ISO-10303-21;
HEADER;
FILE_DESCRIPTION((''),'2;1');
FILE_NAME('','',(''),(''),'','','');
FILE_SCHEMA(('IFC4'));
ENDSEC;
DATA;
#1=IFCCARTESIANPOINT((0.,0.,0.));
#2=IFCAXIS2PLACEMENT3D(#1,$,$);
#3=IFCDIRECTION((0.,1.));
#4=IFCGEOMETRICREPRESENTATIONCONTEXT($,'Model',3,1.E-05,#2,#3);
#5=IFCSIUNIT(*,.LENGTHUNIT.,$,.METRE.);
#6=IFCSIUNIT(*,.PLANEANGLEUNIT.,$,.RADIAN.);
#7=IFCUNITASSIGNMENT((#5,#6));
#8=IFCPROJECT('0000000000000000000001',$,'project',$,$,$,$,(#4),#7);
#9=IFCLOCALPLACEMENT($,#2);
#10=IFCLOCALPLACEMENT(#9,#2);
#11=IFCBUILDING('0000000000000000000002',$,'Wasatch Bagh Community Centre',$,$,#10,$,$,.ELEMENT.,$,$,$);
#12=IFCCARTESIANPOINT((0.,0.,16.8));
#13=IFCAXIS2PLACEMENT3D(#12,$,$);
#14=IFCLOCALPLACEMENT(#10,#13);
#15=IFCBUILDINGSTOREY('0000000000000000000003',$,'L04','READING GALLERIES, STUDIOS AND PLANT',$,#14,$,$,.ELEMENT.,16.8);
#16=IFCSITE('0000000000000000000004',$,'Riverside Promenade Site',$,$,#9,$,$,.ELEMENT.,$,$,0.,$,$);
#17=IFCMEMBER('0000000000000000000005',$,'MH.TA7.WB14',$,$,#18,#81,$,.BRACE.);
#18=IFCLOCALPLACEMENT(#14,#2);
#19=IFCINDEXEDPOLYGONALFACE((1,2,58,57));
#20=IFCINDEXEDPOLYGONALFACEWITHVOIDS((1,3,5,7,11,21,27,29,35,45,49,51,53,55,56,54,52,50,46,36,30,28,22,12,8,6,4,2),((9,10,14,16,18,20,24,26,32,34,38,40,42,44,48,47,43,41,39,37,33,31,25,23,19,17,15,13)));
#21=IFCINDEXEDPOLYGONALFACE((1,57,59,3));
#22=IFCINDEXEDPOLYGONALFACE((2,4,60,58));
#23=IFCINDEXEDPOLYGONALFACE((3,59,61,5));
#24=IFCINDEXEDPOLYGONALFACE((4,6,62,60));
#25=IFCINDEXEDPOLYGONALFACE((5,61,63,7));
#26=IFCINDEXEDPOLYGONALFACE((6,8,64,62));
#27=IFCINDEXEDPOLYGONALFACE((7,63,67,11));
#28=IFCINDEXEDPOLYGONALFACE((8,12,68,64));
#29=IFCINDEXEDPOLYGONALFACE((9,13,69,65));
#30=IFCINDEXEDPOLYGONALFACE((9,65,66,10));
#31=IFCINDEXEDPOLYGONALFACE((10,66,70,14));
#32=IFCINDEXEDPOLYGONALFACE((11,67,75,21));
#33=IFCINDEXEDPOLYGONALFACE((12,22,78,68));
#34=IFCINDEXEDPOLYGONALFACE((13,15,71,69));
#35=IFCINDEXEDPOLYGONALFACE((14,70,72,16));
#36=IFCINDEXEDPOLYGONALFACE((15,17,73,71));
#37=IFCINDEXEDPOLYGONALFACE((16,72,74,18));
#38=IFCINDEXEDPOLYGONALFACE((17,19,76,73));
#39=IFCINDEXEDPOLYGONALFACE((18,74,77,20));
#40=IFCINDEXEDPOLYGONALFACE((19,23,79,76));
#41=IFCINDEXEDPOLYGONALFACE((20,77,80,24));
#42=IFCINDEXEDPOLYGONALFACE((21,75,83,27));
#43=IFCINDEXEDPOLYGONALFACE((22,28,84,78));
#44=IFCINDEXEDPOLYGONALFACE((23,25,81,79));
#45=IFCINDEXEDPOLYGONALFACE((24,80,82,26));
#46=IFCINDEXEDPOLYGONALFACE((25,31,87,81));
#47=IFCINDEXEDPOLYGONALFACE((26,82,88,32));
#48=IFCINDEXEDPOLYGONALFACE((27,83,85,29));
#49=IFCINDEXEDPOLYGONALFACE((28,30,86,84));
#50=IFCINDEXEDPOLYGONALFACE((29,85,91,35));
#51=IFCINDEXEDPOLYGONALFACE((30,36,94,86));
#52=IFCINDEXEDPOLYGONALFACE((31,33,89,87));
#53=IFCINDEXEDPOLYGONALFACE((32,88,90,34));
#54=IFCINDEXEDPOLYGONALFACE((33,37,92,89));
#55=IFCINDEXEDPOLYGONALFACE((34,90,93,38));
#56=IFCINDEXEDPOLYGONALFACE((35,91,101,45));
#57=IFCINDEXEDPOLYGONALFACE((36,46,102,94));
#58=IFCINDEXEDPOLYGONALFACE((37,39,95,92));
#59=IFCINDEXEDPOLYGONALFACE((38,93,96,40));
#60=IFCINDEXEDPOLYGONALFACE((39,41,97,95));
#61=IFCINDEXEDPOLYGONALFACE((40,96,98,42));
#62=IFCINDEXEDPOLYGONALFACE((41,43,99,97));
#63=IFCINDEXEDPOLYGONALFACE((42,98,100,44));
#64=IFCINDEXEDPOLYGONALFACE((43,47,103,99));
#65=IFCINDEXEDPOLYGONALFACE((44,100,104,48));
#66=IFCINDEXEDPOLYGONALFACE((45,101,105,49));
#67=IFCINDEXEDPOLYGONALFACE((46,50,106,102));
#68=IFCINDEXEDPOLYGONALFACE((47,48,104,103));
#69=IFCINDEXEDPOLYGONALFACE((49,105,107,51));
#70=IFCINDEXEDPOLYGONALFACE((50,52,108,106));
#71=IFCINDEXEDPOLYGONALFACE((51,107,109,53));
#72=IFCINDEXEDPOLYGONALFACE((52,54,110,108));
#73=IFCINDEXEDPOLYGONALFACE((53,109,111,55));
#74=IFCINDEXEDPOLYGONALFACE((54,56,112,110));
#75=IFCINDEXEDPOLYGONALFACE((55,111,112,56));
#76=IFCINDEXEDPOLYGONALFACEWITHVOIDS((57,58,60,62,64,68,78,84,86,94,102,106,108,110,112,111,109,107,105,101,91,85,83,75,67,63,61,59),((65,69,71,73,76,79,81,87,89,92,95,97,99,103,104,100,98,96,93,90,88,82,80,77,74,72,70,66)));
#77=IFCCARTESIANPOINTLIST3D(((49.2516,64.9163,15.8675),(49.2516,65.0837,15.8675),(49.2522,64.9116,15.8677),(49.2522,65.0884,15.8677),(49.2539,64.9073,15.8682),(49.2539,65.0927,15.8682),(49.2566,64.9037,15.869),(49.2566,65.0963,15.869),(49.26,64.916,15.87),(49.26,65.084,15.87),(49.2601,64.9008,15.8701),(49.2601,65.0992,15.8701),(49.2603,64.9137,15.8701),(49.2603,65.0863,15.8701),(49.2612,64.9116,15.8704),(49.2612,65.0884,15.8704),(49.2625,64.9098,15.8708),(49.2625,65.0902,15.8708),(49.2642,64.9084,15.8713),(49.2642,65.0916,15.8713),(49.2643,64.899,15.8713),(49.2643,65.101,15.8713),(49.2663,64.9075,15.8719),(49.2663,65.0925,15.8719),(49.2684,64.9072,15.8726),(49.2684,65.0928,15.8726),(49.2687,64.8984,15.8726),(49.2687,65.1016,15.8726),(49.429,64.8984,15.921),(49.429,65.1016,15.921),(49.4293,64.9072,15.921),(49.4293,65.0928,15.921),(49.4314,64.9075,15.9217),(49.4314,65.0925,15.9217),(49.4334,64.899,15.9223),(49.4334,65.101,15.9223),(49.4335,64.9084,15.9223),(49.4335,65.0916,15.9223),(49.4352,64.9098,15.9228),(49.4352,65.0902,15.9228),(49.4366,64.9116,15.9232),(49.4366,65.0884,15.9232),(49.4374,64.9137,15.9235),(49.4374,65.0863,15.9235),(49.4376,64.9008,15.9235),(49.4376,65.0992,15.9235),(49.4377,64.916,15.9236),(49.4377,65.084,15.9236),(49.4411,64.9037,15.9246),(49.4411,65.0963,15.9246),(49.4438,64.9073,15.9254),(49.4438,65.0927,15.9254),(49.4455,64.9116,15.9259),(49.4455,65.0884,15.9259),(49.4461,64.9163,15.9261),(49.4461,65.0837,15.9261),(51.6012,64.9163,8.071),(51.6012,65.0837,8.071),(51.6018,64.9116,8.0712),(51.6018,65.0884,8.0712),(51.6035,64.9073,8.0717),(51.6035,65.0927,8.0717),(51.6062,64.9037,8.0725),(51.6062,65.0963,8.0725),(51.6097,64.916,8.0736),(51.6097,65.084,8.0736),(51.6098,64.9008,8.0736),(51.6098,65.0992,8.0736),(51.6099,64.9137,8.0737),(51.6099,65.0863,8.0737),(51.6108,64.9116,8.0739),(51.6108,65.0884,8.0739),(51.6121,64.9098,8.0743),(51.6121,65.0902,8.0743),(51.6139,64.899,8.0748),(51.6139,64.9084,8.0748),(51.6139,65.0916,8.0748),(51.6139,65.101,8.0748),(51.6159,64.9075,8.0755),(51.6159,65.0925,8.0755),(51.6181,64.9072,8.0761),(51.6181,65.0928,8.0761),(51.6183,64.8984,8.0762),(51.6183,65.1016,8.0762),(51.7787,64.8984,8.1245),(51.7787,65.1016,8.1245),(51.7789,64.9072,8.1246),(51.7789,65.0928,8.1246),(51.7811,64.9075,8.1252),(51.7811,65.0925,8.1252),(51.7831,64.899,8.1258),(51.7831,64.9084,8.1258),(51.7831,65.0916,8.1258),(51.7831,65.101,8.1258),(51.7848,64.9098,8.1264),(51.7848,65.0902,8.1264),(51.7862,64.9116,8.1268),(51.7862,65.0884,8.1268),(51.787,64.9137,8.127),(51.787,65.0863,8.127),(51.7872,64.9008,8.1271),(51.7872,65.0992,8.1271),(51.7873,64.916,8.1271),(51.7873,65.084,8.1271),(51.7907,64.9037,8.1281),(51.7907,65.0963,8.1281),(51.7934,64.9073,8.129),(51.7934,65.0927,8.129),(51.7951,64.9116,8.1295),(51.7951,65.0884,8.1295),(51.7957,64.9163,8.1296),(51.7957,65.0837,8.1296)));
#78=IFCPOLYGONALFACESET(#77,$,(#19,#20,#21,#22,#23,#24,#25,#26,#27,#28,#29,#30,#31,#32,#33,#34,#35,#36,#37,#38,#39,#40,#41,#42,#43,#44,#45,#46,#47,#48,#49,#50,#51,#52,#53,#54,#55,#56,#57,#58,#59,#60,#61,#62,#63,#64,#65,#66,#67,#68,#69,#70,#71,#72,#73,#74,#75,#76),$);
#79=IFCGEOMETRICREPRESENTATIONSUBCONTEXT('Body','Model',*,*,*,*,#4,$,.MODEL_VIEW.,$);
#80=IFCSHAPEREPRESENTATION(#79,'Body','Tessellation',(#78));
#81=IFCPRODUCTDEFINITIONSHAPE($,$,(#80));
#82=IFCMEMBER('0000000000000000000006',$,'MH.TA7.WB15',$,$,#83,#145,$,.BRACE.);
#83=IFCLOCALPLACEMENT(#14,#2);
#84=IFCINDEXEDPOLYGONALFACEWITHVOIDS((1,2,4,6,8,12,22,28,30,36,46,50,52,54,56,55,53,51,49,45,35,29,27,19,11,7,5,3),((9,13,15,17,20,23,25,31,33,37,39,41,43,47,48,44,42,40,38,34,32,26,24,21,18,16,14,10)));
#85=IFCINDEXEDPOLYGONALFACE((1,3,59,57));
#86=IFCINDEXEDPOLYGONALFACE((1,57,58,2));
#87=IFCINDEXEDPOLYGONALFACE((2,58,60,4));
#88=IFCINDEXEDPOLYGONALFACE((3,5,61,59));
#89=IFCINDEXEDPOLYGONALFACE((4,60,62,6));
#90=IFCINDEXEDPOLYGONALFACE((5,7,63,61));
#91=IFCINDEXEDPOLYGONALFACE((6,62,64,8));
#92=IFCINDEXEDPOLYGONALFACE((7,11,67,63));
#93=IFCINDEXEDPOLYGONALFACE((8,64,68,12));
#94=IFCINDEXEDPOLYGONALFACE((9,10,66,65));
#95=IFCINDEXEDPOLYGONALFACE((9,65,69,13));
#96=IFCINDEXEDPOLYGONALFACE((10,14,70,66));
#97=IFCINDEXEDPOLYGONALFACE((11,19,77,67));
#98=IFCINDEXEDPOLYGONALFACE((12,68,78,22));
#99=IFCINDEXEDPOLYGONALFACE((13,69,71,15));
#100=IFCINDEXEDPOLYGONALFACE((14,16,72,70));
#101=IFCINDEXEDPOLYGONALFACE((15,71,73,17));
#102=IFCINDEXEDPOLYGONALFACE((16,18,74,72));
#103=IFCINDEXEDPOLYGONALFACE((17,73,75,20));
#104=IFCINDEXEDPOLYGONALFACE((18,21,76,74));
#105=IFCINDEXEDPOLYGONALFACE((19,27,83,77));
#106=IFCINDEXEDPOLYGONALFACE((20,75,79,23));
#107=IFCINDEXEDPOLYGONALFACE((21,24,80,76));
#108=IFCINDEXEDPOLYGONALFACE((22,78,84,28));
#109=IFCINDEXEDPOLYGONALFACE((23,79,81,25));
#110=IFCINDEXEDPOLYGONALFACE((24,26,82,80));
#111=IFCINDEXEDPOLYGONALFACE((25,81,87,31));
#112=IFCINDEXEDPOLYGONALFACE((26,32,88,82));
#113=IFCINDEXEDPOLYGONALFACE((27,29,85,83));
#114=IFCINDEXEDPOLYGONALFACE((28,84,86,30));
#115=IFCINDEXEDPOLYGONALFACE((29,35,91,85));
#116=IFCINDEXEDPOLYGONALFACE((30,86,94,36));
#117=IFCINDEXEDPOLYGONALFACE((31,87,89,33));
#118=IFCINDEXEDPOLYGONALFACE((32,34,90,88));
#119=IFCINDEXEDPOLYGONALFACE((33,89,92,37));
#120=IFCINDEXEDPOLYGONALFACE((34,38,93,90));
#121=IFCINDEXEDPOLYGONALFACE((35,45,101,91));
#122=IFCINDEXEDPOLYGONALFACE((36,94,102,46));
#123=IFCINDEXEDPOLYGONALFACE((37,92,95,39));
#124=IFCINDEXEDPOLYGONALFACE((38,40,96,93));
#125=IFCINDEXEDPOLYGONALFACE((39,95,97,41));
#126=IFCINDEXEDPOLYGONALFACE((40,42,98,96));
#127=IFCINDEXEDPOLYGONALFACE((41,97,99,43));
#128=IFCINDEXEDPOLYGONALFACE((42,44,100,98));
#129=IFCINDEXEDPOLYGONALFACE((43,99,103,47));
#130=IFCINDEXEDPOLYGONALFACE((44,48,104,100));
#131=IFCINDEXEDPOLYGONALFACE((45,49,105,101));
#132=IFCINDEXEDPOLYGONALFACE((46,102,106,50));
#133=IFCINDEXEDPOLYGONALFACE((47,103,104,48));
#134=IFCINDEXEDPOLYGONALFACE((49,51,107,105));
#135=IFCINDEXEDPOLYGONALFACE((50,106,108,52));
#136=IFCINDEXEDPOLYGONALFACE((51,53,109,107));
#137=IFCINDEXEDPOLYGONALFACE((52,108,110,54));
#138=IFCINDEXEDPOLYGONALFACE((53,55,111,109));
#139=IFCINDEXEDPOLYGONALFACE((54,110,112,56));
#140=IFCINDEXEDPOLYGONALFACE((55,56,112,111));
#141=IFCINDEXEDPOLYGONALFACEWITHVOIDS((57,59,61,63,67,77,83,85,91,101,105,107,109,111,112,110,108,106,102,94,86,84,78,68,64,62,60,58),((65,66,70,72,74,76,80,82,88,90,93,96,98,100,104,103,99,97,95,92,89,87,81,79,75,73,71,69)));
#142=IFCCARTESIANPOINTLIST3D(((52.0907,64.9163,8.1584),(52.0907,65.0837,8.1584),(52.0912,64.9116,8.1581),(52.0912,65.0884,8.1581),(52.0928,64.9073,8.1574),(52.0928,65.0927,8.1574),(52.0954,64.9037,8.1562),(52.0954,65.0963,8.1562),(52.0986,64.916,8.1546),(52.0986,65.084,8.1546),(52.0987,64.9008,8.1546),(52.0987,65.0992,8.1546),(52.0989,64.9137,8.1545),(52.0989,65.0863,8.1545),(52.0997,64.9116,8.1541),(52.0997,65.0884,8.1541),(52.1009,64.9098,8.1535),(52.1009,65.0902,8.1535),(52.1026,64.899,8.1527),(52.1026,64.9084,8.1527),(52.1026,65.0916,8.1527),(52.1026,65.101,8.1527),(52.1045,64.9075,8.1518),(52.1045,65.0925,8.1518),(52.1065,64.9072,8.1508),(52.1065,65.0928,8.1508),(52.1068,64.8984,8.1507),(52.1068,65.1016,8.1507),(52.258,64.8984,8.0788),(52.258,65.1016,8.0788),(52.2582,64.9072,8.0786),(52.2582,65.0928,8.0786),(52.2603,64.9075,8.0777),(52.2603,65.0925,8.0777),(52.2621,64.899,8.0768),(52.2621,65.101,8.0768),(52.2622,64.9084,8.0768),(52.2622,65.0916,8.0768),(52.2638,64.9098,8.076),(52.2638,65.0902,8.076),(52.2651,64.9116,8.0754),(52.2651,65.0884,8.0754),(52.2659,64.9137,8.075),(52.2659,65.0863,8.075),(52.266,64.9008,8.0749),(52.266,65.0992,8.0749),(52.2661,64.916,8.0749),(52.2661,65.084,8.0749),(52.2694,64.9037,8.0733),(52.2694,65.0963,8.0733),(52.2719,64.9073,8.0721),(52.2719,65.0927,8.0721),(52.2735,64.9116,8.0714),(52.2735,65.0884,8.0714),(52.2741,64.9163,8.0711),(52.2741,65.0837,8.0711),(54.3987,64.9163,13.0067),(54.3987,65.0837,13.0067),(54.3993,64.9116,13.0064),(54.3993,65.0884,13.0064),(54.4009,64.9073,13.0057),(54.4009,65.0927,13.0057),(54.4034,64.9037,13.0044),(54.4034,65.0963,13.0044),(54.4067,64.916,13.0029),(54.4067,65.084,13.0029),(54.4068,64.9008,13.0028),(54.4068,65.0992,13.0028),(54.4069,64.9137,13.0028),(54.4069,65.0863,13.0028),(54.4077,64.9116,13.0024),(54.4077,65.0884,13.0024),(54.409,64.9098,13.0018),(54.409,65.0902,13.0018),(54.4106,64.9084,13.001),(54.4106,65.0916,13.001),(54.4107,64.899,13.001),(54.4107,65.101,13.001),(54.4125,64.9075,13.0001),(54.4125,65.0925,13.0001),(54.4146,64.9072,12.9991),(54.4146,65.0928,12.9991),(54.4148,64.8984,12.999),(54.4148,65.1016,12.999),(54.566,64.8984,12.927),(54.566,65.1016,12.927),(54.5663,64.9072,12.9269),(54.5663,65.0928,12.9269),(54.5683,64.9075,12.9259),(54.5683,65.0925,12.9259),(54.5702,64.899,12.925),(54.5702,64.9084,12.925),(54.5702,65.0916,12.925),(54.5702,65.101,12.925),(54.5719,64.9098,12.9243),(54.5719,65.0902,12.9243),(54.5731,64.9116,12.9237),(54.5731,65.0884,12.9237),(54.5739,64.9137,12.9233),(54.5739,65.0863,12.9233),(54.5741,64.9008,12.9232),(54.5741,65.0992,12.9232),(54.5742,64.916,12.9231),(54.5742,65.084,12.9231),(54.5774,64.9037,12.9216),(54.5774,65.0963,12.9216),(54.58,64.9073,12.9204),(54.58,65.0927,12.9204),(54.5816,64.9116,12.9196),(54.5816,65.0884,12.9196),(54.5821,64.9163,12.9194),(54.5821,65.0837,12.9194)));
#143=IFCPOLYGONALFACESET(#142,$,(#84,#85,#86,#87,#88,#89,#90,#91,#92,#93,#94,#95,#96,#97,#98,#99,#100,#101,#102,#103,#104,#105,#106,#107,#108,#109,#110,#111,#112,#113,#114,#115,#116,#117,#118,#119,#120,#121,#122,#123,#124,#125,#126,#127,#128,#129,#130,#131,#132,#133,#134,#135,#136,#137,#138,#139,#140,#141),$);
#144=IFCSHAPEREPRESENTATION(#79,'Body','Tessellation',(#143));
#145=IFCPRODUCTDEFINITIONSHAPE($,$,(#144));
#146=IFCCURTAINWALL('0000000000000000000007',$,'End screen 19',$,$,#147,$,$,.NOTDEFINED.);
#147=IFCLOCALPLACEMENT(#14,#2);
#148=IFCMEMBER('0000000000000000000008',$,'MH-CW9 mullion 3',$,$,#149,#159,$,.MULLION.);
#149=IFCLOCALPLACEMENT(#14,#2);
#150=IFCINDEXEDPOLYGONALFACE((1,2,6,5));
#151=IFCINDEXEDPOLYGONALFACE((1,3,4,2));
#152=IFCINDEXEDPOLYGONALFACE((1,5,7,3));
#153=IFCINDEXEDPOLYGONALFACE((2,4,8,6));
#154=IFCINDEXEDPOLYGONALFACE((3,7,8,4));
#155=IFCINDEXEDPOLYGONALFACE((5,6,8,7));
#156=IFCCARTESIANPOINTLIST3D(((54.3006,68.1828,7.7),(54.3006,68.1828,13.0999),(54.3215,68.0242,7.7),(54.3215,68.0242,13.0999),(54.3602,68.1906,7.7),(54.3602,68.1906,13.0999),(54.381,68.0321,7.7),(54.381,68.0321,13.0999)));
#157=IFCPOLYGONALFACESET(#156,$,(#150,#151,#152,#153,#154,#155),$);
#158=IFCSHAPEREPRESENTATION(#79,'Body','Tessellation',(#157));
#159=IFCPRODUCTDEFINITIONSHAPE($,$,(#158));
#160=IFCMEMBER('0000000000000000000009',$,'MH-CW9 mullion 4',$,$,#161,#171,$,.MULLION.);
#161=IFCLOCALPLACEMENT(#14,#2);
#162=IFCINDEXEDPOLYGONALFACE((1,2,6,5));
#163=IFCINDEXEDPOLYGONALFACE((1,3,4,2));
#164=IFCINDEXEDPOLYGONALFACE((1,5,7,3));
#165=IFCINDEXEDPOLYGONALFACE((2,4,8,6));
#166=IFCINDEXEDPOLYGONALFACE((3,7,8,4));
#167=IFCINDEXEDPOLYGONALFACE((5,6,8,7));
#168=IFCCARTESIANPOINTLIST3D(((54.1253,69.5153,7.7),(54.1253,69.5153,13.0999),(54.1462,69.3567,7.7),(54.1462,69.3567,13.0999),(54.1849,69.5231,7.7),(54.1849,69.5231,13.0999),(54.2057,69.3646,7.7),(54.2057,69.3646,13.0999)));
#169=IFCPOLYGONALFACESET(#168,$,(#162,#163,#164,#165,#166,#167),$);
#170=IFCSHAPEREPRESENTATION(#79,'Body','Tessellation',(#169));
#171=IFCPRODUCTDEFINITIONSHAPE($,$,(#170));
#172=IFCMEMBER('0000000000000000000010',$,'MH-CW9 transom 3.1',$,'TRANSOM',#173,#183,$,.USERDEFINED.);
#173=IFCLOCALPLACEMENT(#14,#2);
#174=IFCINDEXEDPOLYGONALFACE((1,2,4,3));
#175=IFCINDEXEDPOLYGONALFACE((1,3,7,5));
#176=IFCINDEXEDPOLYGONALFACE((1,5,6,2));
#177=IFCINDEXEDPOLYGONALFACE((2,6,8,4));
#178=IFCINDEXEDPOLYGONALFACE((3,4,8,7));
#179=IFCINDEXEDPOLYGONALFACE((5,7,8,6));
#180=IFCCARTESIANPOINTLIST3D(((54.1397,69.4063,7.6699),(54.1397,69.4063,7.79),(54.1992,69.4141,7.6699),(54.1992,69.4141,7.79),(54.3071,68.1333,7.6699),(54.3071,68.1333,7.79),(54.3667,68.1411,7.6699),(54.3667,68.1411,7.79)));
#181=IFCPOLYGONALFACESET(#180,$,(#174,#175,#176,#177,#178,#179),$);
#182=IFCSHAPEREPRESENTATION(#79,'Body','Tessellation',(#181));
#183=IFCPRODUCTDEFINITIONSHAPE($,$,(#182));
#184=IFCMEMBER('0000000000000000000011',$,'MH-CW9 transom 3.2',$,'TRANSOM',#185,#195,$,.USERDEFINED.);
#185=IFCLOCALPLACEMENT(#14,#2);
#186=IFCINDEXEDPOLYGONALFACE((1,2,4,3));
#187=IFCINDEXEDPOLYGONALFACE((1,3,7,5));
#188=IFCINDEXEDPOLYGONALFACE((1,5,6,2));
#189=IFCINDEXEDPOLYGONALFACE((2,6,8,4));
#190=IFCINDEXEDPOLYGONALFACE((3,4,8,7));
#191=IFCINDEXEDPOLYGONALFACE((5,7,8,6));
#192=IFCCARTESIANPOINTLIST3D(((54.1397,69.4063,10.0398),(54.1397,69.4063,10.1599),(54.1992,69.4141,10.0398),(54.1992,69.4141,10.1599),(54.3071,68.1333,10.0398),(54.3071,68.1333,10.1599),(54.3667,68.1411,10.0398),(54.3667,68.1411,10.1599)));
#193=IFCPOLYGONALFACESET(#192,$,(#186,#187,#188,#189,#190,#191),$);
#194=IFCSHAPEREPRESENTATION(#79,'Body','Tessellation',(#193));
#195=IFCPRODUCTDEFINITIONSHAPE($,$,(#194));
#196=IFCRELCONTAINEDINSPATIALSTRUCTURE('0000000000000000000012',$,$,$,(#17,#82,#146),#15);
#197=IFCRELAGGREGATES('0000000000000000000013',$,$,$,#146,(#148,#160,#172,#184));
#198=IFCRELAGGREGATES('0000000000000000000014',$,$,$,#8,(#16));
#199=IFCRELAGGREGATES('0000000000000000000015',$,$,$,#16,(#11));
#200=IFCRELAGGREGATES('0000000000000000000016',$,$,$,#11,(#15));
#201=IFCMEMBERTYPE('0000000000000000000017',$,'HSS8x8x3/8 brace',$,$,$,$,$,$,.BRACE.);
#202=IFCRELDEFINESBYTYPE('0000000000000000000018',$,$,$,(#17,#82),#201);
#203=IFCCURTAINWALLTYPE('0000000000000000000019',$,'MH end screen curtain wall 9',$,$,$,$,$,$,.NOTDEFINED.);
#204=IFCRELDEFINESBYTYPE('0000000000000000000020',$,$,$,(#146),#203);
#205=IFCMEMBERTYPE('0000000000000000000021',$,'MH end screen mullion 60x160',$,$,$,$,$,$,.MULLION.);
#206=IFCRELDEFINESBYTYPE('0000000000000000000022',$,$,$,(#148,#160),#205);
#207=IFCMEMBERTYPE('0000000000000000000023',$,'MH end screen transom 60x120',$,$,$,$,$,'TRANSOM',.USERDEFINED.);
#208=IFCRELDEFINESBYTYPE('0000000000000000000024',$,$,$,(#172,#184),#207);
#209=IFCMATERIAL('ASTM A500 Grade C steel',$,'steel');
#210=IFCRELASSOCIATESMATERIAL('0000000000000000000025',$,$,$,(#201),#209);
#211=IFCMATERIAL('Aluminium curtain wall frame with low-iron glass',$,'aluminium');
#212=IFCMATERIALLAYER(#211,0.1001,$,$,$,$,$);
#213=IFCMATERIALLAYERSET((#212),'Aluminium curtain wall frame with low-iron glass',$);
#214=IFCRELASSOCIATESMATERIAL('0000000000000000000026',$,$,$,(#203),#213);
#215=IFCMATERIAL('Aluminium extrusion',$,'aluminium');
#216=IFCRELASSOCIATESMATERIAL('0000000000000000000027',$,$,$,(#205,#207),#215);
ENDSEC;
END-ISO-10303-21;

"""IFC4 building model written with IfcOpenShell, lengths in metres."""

from ifc_helpers import new_model, si_unit, direction, frame, origin, origin_2d, place, context, subcontext, project, spatial, rectangle, hollow_rectangle, extrude, material, layer, layer_set, material_profile, profile_set, type_object, element, aggregate, save


model = new_model("IFC4")

# Units and contexts
model_context = context("Model", 3, precision=1e-05, world=origin(), true_north=direction((0.0, 1.0)))
body_context = subcontext(model_context, "Body", "Model", "MODEL_VIEW")
ifc_project = project(units=[si_unit("LENGTHUNIT", "METRE"), si_unit("PLANEANGLEUNIT", "RADIAN")], contexts=[model_context])

# Site, building, storey
site_placement = place(None, origin())
site = spatial("IfcSite", under=ifc_project, at=site_placement, Name="Riverside Promenade Site", CompositionType="ELEMENT", RefElevation=0.0)
building_placement = place(site_placement, origin())
building = spatial("IfcBuilding", under=site, at=building_placement, Name="Wasatch Bagh Community Centre", CompositionType="ELEMENT")
storey_placement = place(building_placement, frame((0.0, 0.0, 16.8)))
storey = spatial("IfcBuildingStorey", under=building, at=storey_placement, Name="L04", Description="READING GALLERIES, STUDIOS AND PLANT", CompositionType="ELEMENT", Elevation=16.8)

# Members
ifc_material_1 = material(Name="ASTM A500 Grade C steel", Category="steel")
ifc_material_profile_1 = material_profile(ifc_material_1, hollow_rectangle(XDim=0.2031, YDim=0.2031, WallThickness=0.0088, InnerFilletRadius=0.0088, OuterFilletRadius=0.0178, at=origin_2d()), Name="HSS8x8x3/8")
ifc_profile_set_1 = profile_set([ifc_material_profile_1], Name="ASTM A500 Grade C steel")
member_type_1 = type_object("IfcMemberType", Name="HSS8x8x3/8 brace", PredefinedType="BRACE", material=ifc_profile_set_1)
member_1_placement = place(storey_placement, frame((51.6985, 65.0, 8.1003), z_axis=(-0.288552, 0.0, 0.957464), x_axis=(0.0, -1.0, 0.0)))
element("IfcMember", 1, at=member_1_placement, inside=storey, type_object=member_type_1, Name="MH.TA7.WB14", PredefinedType="BRACE", context=body_context, shape_type="SweptSolid", body=[
    extrude(hollow_rectangle(XDim=0.2031, YDim=0.2031, WallThickness=0.0088, InnerFilletRadius=0.0088, OuterFilletRadius=0.0178, at=origin_2d()), origin(), (0.0, 0.0, 1.0), 8.1428),
])
member_2_placement = place(storey_placement, frame((52.1824, 65.0, 8.1147), z_axis=(0.429835, 0.0, 0.902908), x_axis=(0.0, 1.0, 0.0)))
element("IfcMember", 2, at=member_2_placement, inside=storey, type_object=member_type_1, Name="MH.TA7.WB15", PredefinedType="BRACE", context=body_context, shape_type="SweptSolid", body=[
    extrude(hollow_rectangle(XDim=0.2031, YDim=0.2031, WallThickness=0.0088, InnerFilletRadius=0.0088, OuterFilletRadius=0.0178, at=origin_2d()), origin(), (0.0, 0.0, 1.0), 5.3696),
])

# Curtain wall, members
ifc_material_2 = material(Name="Aluminium curtain wall frame with low-iron glass", Category="aluminium")
ifc_layer_1 = layer(ifc_material_2, 0.1001)
ifc_layer_set_1 = layer_set([ifc_layer_1], Name="Aluminium curtain wall frame with low-iron glass")
curtain_wall_type = type_object("IfcCurtainWallType", Name="MH end screen curtain wall 9", PredefinedType="NOTDEFINED", material=ifc_layer_set_1)
curtain_wall_placement = place(storey_placement, origin())
curtain_wall = element("IfcCurtainWall", 3, at=curtain_wall_placement, inside=storey, type_object=curtain_wall_type, Name="End screen 19", PredefinedType="NOTDEFINED")
ifc_material_3 = material(Name="Aluminium extrusion", Category="aluminium")
ifc_material_profile_2 = material_profile(ifc_material_3, rectangle(XDim=0.0601, YDim=0.1599, at=origin_2d()), Name="AL 60x160")
ifc_profile_set_2 = profile_set([ifc_material_profile_2], Name="Aluminium extrusion")
member_type_2 = type_object("IfcMemberType", Name="MH end screen mullion 60x160", PredefinedType="MULLION", material=ifc_profile_set_2)
member_3_placement = place(storey_placement, frame((54.3408, 68.1074, 7.7), z_axis=(0.0, 0.0, 1.0), x_axis=(-0.991445, -0.130526, 0.0)))
member_3 = element("IfcMember", 4, at=member_3_placement, type_object=member_type_2, Name="MH-CW9 mullion 3", PredefinedType="MULLION", context=body_context, shape_type="SweptSolid", body=[
    extrude(rectangle(XDim=0.0601, YDim=0.1599, at=origin_2d()), origin(), (0.0, 0.0, 1.0), 5.3999),
])
member_4_placement = place(storey_placement, frame((54.1655, 69.4399, 7.7), z_axis=(0.0, 0.0, 1.0), x_axis=(-0.991445, -0.130526, 0.0)))
member_4 = element("IfcMember", 5, at=member_4_placement, type_object=member_type_2, Name="MH-CW9 mullion 4", PredefinedType="MULLION", context=body_context, shape_type="SweptSolid", body=[
    extrude(rectangle(XDim=0.0601, YDim=0.1599, at=origin_2d()), origin(), (0.0, 0.0, 1.0), 5.3999),
])
ifc_material_profile_3 = material_profile(ifc_material_3, rectangle(XDim=0.0601, YDim=0.1201, at=origin_2d()), Name="AL 60x120")
ifc_profile_set_3 = profile_set([ifc_material_profile_3], Name="Aluminium extrusion")
member_type_3 = type_object("IfcMemberType", Name="MH end screen transom 60x120", ElementType="TRANSOM", PredefinedType="USERDEFINED", material=ifc_profile_set_3)
member_5_placement = place(storey_placement, frame((54.3369, 68.1372, 7.73), z_axis=(-0.130445, 0.991456, 0.0), x_axis=(-0.991456, -0.130445, 0.0)))
member_5 = element("IfcMember", 6, at=member_5_placement, type_object=member_type_3, Name="MH-CW9 transom 3.1", ObjectType="TRANSOM", PredefinedType="USERDEFINED", context=body_context, shape_type="SweptSolid", body=[
    extrude(rectangle(XDim=0.0601, YDim=0.1201, at=origin_2d()), origin(), (0.0, 0.0, 1.0), 1.2839),
])
member_6_placement = place(storey_placement, frame((54.3369, 68.1372, 10.0999), z_axis=(-0.130445, 0.991456, 0.0), x_axis=(-0.991456, -0.130445, 0.0)))
member_6 = element("IfcMember", 7, at=member_6_placement, type_object=member_type_3, Name="MH-CW9 transom 3.2", ObjectType="TRANSOM", PredefinedType="USERDEFINED", context=body_context, shape_type="SweptSolid", body=[
    extrude(rectangle(XDim=0.0601, YDim=0.1201, at=origin_2d()), origin(), (0.0, 0.0, 1.0), 1.2839),
])

aggregate(curtain_wall, [member_3, member_4, member_5, member_6])

save(model, "model.ifc")
